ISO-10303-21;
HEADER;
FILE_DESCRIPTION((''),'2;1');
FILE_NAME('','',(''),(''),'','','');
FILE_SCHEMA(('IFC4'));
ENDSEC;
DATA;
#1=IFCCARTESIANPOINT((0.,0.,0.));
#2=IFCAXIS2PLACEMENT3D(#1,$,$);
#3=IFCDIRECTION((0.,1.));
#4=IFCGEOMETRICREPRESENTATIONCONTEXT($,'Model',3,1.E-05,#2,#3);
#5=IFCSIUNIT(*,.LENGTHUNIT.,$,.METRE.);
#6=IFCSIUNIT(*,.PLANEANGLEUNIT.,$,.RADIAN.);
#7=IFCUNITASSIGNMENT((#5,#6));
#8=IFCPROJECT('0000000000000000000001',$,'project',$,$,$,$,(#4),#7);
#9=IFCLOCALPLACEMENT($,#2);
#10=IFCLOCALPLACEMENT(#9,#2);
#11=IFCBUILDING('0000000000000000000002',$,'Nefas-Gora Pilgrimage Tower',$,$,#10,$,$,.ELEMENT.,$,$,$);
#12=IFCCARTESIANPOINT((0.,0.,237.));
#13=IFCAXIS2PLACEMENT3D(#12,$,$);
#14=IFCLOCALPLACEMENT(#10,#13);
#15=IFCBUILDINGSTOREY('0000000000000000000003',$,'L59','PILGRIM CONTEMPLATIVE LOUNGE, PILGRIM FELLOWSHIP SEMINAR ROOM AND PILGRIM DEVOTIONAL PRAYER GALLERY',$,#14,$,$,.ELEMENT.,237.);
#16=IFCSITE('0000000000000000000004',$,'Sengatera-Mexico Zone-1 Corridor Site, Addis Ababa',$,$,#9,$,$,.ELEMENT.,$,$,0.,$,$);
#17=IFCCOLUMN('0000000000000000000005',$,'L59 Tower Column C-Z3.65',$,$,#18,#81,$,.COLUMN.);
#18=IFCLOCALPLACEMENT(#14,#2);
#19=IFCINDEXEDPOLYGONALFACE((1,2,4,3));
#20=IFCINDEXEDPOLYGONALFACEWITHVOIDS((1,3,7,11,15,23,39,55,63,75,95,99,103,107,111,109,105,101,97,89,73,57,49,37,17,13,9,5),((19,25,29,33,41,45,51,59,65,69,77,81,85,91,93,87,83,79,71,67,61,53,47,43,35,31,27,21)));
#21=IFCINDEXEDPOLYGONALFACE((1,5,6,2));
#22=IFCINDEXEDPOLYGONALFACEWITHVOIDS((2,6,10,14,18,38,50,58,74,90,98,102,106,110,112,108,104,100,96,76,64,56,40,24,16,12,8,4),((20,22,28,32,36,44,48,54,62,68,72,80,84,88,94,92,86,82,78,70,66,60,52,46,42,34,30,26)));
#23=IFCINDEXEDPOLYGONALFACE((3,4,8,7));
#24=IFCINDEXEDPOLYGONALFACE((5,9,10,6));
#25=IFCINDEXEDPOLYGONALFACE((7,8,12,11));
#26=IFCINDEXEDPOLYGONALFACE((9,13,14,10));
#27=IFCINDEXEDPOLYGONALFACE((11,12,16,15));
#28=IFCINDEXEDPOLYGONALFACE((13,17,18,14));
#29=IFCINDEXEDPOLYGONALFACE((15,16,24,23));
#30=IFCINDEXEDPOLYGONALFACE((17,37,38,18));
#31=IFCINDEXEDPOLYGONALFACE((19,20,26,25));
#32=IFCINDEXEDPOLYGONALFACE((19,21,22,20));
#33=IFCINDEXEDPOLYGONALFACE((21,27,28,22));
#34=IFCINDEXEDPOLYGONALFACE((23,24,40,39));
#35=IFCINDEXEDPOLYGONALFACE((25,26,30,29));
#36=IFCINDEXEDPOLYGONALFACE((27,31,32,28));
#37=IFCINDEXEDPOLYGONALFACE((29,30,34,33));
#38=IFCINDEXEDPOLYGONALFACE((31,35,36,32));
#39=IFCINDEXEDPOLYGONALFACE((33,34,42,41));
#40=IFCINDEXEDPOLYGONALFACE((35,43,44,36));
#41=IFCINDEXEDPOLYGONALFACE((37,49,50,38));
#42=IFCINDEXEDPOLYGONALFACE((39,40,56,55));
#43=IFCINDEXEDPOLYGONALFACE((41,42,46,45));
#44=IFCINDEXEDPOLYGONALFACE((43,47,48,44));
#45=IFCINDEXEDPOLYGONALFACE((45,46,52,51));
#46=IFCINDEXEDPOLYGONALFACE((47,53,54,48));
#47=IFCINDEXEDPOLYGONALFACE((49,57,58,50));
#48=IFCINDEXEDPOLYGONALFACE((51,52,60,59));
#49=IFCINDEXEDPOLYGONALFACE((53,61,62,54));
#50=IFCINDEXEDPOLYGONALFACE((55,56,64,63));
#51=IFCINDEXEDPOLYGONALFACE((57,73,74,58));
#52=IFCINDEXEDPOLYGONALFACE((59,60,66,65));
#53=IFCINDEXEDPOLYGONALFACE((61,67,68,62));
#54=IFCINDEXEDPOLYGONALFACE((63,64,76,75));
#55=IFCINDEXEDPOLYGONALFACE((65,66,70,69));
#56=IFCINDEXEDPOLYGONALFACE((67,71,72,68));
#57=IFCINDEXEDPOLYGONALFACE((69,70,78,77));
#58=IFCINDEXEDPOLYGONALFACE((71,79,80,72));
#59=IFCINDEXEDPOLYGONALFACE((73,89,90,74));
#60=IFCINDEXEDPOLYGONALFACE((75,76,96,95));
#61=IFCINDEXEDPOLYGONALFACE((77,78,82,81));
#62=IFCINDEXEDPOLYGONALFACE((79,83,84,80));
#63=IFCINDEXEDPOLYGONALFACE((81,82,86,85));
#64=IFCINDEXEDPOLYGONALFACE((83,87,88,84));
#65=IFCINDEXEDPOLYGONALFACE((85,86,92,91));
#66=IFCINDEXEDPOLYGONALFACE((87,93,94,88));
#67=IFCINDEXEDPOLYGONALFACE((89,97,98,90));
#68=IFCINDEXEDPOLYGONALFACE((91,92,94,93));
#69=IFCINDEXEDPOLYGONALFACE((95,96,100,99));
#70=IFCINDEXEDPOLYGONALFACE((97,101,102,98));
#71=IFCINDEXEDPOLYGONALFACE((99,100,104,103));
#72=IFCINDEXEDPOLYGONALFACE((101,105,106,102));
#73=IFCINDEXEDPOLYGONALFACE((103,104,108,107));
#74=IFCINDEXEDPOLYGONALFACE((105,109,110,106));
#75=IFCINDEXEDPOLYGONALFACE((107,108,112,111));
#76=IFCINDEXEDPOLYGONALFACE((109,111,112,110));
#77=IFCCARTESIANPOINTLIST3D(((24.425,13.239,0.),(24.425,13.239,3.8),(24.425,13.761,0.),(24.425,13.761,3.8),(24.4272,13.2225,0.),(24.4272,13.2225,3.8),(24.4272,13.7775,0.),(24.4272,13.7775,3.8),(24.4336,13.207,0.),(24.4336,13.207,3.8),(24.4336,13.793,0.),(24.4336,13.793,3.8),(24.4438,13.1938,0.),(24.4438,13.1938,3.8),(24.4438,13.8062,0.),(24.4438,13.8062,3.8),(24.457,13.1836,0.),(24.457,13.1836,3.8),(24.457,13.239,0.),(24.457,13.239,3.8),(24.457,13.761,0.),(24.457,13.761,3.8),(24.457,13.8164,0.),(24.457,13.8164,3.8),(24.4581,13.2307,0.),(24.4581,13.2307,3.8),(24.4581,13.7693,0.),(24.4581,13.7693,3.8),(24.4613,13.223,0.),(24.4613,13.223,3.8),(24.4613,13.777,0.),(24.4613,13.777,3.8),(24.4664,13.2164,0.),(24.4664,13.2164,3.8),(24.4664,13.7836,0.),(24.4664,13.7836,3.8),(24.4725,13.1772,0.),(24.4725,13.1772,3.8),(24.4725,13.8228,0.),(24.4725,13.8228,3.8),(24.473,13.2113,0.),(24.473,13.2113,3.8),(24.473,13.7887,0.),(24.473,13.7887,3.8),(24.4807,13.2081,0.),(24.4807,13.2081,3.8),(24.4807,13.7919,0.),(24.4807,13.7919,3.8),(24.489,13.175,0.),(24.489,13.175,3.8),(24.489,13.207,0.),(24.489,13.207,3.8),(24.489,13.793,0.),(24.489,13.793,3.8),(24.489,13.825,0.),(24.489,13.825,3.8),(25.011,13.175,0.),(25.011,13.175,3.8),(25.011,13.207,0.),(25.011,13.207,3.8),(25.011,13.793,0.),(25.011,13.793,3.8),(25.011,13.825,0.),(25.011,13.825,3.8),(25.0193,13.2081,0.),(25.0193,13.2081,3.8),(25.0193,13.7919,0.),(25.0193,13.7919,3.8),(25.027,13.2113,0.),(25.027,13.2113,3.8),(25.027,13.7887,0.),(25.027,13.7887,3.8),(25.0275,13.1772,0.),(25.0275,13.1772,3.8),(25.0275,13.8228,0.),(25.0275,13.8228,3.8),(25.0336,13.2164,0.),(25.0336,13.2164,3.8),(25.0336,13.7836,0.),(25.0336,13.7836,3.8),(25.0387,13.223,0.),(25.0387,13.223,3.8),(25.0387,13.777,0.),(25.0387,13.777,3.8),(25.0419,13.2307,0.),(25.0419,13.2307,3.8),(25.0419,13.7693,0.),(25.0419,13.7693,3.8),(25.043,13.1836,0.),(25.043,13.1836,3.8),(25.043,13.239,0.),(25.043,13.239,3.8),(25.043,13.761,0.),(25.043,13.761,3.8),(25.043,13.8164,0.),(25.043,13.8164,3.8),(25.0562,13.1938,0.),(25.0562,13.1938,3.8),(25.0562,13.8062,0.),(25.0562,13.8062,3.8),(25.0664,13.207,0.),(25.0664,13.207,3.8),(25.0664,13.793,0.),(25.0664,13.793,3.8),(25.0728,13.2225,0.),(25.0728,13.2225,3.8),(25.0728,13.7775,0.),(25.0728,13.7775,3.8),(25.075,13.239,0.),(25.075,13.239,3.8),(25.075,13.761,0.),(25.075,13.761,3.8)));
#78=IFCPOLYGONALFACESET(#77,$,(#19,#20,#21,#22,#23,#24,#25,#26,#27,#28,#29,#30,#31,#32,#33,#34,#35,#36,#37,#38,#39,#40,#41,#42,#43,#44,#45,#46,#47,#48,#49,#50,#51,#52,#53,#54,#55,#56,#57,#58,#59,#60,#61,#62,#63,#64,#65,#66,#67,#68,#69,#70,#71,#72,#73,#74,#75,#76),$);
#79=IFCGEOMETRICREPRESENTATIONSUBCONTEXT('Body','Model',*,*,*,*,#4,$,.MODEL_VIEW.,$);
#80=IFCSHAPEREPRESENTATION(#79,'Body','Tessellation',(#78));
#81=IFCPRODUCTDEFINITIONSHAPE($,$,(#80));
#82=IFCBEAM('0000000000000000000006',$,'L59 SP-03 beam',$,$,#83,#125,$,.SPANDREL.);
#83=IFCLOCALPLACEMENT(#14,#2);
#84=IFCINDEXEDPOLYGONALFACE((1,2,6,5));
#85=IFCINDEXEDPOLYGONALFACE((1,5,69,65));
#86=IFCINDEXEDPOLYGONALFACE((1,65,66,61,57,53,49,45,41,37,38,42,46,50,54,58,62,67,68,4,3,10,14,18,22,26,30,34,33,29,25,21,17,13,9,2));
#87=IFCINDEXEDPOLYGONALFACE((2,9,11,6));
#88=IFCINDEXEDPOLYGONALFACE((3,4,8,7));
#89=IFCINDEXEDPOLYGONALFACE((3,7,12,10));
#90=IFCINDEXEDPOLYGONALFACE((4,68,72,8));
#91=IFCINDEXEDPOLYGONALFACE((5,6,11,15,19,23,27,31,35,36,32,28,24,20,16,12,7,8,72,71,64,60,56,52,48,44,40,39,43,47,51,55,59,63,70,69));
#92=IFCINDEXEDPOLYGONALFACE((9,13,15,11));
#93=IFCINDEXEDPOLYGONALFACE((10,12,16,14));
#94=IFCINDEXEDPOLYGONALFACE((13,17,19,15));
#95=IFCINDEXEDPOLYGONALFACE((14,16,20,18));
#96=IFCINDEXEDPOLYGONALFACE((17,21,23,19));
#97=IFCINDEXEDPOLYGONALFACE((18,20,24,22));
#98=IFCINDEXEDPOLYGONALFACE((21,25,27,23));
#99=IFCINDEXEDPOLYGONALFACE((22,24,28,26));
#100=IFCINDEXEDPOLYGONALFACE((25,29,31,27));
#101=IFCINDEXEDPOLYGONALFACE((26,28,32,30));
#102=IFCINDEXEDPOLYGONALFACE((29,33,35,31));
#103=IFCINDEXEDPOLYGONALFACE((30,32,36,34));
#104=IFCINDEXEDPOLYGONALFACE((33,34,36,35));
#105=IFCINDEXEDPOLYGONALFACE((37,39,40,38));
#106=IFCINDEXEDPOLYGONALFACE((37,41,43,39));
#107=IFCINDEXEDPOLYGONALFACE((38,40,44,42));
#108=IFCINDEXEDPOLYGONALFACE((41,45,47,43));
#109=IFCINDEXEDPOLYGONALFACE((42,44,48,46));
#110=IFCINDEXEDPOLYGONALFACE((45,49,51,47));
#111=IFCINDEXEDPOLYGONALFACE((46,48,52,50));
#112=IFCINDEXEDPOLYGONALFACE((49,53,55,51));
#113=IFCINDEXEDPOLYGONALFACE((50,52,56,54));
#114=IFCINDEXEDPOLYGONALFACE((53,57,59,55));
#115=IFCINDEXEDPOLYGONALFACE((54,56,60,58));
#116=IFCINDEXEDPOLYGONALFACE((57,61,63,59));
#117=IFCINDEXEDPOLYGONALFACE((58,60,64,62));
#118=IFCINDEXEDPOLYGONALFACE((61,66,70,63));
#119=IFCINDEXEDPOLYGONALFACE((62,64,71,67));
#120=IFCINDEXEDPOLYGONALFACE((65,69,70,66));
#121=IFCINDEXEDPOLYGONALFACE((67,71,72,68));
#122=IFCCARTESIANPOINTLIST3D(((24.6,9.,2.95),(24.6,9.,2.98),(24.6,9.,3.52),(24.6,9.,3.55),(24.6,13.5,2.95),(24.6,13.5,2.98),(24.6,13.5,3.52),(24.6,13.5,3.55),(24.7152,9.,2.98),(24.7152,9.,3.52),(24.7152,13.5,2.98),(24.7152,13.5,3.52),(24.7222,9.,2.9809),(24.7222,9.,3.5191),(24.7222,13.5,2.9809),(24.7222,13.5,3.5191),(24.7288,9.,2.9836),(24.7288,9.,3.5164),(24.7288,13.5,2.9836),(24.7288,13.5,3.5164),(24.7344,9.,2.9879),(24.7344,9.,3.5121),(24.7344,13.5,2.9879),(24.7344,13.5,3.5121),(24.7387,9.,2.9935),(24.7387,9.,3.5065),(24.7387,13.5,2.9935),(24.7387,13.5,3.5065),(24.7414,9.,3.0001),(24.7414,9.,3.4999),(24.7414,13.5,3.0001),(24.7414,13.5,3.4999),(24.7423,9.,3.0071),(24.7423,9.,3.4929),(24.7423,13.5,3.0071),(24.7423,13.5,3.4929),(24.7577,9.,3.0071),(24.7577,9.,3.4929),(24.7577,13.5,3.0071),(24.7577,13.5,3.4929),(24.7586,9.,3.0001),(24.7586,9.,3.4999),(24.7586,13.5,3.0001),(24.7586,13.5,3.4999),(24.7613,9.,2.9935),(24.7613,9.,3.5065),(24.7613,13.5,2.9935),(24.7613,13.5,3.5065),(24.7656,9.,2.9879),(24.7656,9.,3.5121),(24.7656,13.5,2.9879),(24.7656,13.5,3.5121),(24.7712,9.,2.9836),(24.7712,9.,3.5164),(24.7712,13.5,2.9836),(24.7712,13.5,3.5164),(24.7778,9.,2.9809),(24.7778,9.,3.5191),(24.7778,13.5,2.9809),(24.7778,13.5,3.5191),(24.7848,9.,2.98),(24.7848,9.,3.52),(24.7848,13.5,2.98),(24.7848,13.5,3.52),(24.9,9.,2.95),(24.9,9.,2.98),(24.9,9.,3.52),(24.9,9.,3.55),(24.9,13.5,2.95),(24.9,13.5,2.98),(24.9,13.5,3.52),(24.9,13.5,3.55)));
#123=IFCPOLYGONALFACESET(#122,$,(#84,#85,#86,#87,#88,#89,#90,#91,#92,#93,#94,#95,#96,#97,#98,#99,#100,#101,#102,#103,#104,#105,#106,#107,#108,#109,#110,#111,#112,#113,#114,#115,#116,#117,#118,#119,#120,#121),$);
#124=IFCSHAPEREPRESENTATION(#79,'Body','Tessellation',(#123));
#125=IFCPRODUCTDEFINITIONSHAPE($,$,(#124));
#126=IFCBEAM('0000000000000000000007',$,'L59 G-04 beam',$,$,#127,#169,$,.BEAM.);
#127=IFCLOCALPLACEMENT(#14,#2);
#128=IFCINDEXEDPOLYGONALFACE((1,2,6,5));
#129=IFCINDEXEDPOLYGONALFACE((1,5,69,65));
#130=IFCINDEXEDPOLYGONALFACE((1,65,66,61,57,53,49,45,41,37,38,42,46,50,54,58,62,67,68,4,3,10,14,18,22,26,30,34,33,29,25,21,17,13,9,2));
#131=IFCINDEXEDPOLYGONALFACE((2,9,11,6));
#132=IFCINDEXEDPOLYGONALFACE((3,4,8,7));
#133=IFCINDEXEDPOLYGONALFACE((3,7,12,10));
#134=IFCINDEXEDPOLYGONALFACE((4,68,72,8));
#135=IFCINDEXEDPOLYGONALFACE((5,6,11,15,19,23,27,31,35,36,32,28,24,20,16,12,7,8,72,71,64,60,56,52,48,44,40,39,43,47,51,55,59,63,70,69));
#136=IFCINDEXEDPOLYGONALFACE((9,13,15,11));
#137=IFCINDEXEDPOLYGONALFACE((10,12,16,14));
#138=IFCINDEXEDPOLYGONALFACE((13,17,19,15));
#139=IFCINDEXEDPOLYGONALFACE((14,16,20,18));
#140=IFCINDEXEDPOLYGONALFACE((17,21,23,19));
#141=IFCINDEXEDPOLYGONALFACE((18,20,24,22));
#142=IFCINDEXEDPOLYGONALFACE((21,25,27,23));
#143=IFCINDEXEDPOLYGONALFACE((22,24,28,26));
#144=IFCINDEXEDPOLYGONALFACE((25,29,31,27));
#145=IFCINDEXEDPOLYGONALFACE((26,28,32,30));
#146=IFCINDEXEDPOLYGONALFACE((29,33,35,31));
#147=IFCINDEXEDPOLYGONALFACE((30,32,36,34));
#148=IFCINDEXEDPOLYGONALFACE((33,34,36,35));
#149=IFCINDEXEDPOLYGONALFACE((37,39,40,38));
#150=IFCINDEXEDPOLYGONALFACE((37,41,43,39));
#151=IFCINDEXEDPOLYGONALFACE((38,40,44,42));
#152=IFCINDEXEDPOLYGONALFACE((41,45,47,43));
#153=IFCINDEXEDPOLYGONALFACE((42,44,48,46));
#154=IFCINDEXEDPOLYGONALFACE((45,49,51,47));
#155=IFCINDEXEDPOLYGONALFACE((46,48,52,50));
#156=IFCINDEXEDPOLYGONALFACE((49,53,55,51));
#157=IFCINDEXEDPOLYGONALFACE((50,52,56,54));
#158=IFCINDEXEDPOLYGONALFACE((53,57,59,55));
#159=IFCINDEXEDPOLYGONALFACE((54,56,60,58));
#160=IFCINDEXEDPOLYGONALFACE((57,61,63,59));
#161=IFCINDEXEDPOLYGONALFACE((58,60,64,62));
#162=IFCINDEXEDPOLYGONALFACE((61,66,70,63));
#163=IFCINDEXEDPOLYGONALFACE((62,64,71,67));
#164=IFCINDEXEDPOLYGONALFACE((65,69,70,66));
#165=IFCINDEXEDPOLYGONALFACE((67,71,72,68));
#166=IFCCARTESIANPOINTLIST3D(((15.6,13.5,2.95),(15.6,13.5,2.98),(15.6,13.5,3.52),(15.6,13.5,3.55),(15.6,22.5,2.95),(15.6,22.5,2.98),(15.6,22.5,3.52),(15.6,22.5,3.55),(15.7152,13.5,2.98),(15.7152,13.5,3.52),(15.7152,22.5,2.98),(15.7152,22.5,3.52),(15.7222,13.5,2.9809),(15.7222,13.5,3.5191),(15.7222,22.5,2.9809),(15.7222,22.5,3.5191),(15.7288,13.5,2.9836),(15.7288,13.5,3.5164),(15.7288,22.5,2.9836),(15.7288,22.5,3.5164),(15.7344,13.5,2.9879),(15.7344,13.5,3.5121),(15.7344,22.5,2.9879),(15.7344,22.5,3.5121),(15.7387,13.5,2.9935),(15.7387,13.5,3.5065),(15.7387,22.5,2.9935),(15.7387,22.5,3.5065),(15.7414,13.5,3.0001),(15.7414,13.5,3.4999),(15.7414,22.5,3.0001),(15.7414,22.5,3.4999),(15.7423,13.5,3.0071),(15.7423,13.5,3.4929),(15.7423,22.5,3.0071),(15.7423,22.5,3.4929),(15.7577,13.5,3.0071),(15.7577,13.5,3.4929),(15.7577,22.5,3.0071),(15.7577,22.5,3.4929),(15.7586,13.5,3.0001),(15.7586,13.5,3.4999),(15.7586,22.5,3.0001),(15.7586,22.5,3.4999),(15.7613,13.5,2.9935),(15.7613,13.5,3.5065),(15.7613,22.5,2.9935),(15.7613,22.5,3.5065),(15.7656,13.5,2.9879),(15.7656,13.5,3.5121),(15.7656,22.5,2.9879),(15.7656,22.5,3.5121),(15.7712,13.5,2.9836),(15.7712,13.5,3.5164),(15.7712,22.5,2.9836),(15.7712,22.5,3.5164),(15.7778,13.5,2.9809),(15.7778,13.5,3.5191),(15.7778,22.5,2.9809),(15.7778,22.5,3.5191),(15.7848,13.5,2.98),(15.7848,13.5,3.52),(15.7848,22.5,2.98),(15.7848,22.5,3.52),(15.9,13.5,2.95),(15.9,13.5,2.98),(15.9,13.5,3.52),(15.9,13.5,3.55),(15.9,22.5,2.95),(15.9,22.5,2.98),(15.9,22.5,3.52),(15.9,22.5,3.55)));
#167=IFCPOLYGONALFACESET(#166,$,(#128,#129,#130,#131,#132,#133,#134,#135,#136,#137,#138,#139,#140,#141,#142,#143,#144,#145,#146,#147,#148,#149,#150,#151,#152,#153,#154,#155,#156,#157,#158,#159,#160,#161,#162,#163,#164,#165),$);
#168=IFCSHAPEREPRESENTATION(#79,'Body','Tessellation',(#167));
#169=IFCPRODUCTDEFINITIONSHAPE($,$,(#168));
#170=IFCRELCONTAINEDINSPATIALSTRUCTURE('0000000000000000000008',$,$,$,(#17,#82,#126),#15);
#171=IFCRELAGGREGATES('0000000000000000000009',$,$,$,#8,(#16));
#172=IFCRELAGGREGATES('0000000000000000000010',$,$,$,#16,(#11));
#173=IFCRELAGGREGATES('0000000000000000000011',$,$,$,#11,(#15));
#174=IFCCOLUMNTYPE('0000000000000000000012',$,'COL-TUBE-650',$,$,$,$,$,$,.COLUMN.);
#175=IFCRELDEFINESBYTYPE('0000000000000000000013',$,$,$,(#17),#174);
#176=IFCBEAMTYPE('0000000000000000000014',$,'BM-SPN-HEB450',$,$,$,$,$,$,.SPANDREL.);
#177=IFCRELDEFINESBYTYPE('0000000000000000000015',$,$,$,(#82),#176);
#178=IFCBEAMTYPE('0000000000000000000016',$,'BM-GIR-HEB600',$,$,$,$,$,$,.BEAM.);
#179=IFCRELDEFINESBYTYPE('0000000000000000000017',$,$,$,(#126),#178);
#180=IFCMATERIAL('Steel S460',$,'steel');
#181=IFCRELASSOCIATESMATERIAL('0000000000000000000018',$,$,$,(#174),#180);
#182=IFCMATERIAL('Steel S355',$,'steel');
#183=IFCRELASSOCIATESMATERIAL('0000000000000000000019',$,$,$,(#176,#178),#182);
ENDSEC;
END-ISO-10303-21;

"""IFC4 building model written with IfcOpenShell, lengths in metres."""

from ifc_helpers import new_model, si_unit, direction, frame, origin, origin_2d, place, context, subcontext, project, spatial, hollow_rectangle, i_section, extrude, source, transform, mapped, material, material_profile, profile_set, type_object, element, save


model = new_model("IFC4")

# Units and contexts
model_context = context("Model", 3, precision=1e-05, world=origin(), true_north=direction((0.0, 1.0)))
body_context = subcontext(model_context, "Body", "Model", "MODEL_VIEW")
ifc_project = project(units=[si_unit("LENGTHUNIT", "METRE"), si_unit("PLANEANGLEUNIT", "RADIAN")], contexts=[model_context])

# Site, building, storey
site_placement = place(None, origin())
site = spatial("IfcSite", under=ifc_project, at=site_placement, Name="Sengatera-Mexico Zone-1 Corridor Site, Addis Ababa", CompositionType="ELEMENT", RefElevation=0.0)
building_placement = place(site_placement, origin())
building = spatial("IfcBuilding", under=site, at=building_placement, Name="Nefas-Gora Pilgrimage Tower", CompositionType="ELEMENT")
storey_placement = place(building_placement, frame((0.0, 0.0, 237.0)))
storey = spatial("IfcBuildingStorey", under=building, at=storey_placement, Name="L59", Description="PILGRIM CONTEMPLATIVE LOUNGE, PILGRIM FELLOWSHIP SEMINAR ROOM AND PILGRIM DEVOTIONAL PRAYER GALLERY", CompositionType="ELEMENT", Elevation=237.0)

# Column
ifc_material_1 = material(Name="Steel S460", Category="steel")
ifc_material_profile_1 = material_profile(ifc_material_1, hollow_rectangle(XDim=0.6499, YDim=0.6499, WallThickness=0.032, InnerFilletRadius=0.032, OuterFilletRadius=0.064, at=origin_2d()), Name="BOX 650x650x32")
ifc_profile_set_1 = profile_set([ifc_material_profile_1], Name="Steel S460")
column_type_1 = type_object("IfcColumnType", Name="COL-TUBE-650", PredefinedType="COLUMN", material=ifc_profile_set_1)
shared_shape_1 = source(origin(), body_context, "Body", "SweptSolid", [
    extrude(hollow_rectangle(XDim=0.6499, YDim=0.6499, WallThickness=0.032, InnerFilletRadius=0.032, OuterFilletRadius=0.064, at=origin_2d()), origin(), (0.0, 0.0, 1.0), 3.8),
])
for number, where, z_axis, x_axis, name in (
    (1, (24.75, 13.5, 0.0), (0.0, 0.0, 1.0), (1.0, 0.0, 0.0), "L59 Tower Column C-Z3.65"),
):
    element("IfcColumn", number, at=place(storey_placement, frame(where, z_axis=z_axis, x_axis=x_axis)), inside=storey, type_object=column_type_1, Name=name, PredefinedType="COLUMN", context=body_context, shape_type="MappedRepresentation", body=[
        mapped(shared_shape_1, transform((0.0, 0.0, 0.0), x_axis=(1.0, 0.0, 0.0), y_axis=(0.0, 1.0, 0.0), z_axis=(0.0, 0.0, 1.0), scale=1.0)),
    ])

# Beams
ifc_material_2 = material(Name="Steel S355", Category="steel")
ifc_material_profile_2 = material_profile(ifc_material_2, i_section(OverallWidth=0.3, OverallDepth=0.6001, WebThickness=0.0154, FlangeThickness=0.03, FilletRadius=0.0271, at=origin_2d()), Name="HEB 600")
ifc_profile_set_2 = profile_set([ifc_material_profile_2], Name="Steel S355")
beam_type_1 = type_object("IfcBeamType", Name="BM-SPN-HEB450", PredefinedType="SPANDREL", material=ifc_profile_set_2)
shared_shape_2 = source(origin(), body_context, "Body", "SweptSolid", [
    extrude(i_section(OverallWidth=0.3, OverallDepth=0.6001, WebThickness=0.0154, FlangeThickness=0.03, FilletRadius=0.0271, at=origin_2d()), origin(), (0.0, 0.0, 1.0), 4.5),
])
beam_1_placement = place(storey_placement, frame((24.75, 9.0, 3.25), z_axis=(0.0, 1.0, 0.0), x_axis=(-1.0, 0.0, 0.0)))
element("IfcBeam", 2, at=beam_1_placement, inside=storey, type_object=beam_type_1, Name="L59 SP-03 beam", PredefinedType="SPANDREL", context=body_context, shape_type="MappedRepresentation", body=[
    mapped(shared_shape_2, transform((0.0, 0.0, 0.0), x_axis=(1.0, 0.0, 0.0), y_axis=(0.0, 1.0, 0.0), z_axis=(0.0, 0.0, 1.0), scale=1.0)),
])
ifc_material_profile_3 = material_profile(ifc_material_2, i_section(OverallWidth=0.3, OverallDepth=0.6001, WebThickness=0.0154, FlangeThickness=0.03, FilletRadius=0.0271, at=origin_2d()), Name="HEB 600")
ifc_profile_set_3 = profile_set([ifc_material_profile_3], Name="Steel S355")
beam_type_2 = type_object("IfcBeamType", Name="BM-GIR-HEB600", PredefinedType="BEAM", material=ifc_profile_set_3)
shared_shape_3 = source(origin(), body_context, "Body", "SweptSolid", [
    extrude(i_section(OverallWidth=0.3, OverallDepth=0.6001, WebThickness=0.0154, FlangeThickness=0.03, FilletRadius=0.0271, at=origin_2d()), origin(), (0.0, 0.0, 1.0), 9.0),
])
beam_2_placement = place(storey_placement, frame((15.75, 13.5, 3.25), z_axis=(0.0, 1.0, 0.0), x_axis=(-1.0, 0.0, 0.0)))
element("IfcBeam", 3, at=beam_2_placement, inside=storey, type_object=beam_type_2, Name="L59 G-04 beam", PredefinedType="BEAM", context=body_context, shape_type="MappedRepresentation", body=[
    mapped(shared_shape_3, transform((0.0, 0.0, 0.0), x_axis=(1.0, 0.0, 0.0), y_axis=(0.0, 1.0, 0.0), z_axis=(0.0, 0.0, 1.0), scale=1.0)),
])

save(model, "model.ifc")
